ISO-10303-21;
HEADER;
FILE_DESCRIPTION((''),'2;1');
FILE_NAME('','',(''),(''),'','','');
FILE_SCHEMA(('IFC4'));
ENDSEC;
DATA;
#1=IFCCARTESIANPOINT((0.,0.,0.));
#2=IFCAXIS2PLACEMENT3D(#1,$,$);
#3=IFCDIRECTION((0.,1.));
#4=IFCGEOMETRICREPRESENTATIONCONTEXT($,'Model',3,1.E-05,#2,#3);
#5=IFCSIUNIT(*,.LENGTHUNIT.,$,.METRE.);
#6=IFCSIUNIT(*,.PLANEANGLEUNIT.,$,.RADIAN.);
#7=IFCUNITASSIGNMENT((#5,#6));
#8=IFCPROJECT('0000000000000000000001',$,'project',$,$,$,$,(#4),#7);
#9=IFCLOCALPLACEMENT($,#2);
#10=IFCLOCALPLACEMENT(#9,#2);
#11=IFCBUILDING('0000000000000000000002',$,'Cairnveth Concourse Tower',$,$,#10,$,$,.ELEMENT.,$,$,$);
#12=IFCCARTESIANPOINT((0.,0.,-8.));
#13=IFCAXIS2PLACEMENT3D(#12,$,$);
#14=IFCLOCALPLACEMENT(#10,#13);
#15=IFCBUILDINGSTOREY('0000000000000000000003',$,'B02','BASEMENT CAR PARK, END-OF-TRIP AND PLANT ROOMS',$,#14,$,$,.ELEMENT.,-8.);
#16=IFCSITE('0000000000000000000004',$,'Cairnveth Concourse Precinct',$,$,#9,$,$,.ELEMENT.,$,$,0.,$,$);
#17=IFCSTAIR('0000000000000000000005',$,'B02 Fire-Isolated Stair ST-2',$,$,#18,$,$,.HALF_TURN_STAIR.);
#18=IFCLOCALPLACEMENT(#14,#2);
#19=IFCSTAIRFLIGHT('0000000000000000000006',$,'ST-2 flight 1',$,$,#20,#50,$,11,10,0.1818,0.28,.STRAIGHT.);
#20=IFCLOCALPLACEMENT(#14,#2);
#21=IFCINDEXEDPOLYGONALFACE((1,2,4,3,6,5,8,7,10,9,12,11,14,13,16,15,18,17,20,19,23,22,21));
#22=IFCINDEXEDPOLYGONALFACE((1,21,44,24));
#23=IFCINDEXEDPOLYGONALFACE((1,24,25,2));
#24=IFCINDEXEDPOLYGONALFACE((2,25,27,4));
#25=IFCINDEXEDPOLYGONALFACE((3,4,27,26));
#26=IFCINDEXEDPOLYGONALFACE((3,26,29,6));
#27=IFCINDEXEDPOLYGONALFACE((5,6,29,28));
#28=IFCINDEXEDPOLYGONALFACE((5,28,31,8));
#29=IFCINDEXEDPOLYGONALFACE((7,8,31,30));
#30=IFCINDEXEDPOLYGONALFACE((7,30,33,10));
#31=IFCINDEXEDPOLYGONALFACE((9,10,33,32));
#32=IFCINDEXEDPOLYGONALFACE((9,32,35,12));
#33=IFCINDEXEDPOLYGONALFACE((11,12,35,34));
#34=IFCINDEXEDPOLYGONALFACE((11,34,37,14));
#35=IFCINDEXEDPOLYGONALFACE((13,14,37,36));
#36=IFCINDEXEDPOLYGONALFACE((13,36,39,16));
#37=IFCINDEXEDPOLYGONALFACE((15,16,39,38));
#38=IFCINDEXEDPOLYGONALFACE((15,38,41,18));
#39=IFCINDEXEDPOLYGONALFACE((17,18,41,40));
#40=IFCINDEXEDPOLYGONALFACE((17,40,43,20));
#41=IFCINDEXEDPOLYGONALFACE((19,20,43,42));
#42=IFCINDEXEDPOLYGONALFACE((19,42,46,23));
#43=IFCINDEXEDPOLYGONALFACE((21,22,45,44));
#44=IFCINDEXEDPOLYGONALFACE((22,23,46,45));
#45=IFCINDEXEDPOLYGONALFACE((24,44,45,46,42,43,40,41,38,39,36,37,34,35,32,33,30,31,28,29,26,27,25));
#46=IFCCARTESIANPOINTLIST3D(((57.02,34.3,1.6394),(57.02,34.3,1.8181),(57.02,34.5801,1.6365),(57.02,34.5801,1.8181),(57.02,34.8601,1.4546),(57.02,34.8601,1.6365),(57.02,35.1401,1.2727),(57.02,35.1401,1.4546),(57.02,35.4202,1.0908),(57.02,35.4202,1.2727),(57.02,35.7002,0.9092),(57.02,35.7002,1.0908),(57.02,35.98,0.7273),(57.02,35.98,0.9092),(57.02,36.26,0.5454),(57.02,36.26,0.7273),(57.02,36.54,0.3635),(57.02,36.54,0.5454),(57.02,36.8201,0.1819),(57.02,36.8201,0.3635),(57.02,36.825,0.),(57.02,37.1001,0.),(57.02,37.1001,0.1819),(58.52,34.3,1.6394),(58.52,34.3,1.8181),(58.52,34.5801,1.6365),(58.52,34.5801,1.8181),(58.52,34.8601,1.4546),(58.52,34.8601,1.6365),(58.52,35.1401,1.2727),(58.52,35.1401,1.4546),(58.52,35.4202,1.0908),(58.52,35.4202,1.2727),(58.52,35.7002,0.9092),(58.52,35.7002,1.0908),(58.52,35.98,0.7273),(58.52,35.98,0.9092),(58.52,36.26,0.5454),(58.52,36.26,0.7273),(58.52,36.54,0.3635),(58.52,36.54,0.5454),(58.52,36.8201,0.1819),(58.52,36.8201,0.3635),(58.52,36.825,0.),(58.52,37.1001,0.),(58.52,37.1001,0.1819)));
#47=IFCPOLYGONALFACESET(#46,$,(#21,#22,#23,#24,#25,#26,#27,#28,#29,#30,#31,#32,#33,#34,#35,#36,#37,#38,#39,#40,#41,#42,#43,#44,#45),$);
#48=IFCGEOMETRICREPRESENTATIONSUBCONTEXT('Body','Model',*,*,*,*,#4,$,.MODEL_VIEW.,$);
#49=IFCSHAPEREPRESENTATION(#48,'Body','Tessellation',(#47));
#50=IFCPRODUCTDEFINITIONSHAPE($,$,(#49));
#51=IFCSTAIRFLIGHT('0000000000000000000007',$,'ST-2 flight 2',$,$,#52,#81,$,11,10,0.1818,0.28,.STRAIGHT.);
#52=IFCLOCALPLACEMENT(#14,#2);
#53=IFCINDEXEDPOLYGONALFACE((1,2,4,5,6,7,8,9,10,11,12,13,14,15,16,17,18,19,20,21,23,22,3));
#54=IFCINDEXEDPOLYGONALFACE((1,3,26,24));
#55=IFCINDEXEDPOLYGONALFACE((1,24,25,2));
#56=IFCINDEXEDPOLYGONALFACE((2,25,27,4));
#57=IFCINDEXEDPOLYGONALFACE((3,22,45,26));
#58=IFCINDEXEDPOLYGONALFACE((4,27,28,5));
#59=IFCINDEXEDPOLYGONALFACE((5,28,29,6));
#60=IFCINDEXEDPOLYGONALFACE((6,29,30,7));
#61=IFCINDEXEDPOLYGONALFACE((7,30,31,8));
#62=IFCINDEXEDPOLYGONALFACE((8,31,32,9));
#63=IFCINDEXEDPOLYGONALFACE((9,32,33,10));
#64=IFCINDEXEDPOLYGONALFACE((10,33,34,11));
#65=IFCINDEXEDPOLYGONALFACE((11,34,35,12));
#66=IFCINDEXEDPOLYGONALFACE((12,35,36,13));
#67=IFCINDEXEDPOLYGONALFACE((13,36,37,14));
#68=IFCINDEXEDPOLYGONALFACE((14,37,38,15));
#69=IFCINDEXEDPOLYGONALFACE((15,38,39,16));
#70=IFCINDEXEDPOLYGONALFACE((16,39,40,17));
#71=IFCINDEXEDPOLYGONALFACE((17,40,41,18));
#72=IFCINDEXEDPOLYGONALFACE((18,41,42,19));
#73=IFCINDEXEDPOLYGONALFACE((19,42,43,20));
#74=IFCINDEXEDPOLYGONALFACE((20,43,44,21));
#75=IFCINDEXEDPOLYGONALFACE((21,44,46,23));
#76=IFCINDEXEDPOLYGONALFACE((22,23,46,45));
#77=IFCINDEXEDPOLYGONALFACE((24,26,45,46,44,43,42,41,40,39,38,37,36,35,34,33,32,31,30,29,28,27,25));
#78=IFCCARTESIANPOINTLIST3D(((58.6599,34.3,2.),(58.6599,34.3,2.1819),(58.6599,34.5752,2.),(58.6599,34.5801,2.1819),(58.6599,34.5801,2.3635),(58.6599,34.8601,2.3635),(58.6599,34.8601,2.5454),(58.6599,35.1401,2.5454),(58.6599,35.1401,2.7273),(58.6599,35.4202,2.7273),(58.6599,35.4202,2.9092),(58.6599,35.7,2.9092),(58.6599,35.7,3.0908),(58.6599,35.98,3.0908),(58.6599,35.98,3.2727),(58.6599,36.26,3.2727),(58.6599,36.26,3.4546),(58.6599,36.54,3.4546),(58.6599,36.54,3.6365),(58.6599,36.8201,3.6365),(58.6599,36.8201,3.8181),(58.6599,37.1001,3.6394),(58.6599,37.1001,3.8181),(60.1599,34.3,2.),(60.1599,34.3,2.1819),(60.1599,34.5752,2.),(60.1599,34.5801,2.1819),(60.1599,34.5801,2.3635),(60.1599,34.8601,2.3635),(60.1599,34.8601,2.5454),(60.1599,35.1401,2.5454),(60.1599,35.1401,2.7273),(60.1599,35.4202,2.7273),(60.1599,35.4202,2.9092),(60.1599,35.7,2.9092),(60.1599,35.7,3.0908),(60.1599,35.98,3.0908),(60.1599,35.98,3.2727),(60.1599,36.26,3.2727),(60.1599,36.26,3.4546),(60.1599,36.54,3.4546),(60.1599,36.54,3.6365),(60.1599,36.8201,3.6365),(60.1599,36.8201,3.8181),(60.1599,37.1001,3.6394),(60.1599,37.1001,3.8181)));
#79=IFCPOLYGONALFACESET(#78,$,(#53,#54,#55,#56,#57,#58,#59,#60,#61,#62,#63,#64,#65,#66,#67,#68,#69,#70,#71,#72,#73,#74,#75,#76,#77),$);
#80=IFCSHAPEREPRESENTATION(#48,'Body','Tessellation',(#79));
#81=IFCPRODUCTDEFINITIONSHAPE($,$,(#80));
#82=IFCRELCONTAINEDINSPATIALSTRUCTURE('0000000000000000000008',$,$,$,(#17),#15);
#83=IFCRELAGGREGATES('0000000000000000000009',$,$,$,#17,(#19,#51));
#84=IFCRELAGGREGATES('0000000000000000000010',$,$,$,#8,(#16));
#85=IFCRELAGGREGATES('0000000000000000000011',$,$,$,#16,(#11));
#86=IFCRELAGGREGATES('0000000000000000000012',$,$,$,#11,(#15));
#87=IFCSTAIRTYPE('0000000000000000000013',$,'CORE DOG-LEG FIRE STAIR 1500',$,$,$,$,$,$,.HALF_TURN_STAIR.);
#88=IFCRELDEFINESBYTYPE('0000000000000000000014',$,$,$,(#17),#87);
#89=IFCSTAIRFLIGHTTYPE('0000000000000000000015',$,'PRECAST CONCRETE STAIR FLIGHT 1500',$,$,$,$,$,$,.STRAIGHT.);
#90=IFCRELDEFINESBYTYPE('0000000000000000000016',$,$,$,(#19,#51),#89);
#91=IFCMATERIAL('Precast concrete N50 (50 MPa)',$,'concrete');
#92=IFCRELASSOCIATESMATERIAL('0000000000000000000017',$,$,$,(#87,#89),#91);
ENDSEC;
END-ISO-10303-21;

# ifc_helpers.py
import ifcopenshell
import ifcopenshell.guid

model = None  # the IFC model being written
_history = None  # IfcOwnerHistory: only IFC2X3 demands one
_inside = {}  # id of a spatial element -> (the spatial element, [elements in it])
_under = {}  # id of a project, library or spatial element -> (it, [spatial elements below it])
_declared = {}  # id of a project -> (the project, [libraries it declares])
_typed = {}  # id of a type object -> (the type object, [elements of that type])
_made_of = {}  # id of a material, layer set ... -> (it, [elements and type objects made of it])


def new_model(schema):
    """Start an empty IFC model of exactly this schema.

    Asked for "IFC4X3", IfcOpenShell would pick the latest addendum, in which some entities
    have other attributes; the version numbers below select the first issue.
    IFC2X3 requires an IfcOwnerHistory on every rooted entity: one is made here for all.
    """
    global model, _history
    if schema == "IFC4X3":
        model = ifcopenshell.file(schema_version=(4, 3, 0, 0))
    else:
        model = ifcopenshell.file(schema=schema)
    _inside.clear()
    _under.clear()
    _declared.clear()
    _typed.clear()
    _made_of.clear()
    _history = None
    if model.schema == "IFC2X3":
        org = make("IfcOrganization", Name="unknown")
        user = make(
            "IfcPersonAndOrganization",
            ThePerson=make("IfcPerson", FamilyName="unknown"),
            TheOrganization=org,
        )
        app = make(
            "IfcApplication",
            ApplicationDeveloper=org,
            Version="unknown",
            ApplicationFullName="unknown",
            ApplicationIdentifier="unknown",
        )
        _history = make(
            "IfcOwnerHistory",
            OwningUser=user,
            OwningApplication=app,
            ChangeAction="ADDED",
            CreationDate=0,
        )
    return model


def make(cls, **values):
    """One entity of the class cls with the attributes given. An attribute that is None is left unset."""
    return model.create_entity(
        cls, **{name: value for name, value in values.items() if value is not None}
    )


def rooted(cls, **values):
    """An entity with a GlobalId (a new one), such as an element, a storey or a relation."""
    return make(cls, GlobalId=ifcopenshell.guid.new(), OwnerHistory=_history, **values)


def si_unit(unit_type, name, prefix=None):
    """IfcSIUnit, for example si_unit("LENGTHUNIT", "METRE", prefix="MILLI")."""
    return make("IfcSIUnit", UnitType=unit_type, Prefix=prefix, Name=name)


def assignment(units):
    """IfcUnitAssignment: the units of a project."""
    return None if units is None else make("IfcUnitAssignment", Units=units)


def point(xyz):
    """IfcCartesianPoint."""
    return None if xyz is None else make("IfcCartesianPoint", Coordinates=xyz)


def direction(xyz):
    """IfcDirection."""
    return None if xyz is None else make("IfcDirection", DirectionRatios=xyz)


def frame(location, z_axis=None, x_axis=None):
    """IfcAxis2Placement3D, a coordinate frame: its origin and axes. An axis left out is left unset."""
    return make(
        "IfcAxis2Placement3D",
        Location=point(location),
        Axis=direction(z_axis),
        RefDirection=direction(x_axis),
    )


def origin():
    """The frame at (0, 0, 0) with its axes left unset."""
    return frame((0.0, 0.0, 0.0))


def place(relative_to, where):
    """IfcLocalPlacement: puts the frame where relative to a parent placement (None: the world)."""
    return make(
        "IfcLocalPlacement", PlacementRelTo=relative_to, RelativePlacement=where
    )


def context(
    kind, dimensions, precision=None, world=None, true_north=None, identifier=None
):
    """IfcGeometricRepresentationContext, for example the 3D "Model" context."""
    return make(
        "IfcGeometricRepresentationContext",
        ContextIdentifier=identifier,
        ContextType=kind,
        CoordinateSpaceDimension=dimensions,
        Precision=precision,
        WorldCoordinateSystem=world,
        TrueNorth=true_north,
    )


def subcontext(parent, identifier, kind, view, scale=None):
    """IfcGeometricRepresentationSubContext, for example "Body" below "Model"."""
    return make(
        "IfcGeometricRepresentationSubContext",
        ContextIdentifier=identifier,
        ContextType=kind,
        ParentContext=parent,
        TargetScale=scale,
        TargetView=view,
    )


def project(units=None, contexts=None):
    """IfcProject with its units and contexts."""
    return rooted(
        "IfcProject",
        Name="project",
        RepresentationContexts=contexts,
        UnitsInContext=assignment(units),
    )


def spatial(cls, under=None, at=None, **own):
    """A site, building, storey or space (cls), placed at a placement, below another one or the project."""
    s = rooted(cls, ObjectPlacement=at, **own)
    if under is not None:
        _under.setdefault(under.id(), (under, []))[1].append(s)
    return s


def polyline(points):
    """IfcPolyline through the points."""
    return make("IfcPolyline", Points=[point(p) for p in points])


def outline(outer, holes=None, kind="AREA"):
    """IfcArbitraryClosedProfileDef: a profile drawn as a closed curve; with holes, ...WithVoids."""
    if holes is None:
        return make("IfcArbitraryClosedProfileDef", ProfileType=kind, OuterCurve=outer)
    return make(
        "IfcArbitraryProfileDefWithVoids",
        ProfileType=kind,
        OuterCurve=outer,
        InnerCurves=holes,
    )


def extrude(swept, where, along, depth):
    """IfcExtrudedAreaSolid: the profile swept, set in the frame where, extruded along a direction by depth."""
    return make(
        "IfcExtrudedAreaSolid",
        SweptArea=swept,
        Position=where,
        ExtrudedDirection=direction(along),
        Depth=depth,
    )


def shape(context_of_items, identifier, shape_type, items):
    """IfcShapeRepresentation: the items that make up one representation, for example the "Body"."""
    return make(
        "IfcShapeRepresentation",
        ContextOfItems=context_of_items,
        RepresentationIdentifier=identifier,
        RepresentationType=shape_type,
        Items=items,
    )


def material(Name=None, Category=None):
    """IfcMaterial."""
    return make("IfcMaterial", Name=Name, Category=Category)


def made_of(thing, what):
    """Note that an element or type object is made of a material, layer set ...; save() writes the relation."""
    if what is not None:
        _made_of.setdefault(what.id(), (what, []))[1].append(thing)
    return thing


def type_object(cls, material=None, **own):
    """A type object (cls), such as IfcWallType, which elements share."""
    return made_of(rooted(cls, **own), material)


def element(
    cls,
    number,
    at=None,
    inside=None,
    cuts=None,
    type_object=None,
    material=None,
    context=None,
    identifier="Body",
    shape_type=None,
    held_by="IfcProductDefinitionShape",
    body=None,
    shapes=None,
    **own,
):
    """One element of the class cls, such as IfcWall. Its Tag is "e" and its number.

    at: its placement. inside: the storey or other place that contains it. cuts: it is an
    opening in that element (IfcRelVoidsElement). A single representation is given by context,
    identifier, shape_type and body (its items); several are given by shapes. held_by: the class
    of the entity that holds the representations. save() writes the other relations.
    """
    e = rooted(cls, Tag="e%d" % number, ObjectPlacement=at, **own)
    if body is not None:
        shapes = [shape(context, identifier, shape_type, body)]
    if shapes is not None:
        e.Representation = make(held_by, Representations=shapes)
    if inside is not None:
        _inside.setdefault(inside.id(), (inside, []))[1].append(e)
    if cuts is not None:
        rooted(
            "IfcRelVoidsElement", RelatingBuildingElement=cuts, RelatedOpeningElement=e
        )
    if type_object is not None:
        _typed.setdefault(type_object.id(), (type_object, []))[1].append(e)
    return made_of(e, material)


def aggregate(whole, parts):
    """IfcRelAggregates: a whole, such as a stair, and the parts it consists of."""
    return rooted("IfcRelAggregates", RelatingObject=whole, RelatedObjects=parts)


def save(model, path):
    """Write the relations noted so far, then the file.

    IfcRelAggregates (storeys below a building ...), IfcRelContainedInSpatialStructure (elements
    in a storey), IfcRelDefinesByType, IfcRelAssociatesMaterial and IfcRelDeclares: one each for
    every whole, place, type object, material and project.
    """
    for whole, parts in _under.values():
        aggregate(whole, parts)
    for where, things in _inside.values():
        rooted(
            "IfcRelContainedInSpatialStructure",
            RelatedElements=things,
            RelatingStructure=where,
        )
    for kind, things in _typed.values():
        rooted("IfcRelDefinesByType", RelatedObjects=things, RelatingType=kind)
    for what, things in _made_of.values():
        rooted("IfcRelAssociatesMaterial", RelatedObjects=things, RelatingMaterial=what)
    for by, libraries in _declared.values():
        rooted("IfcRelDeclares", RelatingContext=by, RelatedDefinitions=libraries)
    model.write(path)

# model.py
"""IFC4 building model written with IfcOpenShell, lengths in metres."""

from ifc_helpers import new_model, si_unit, direction, frame, origin, place, context, subcontext, project, spatial, polyline, outline, extrude, material, type_object, element, aggregate, save


model = new_model("IFC4")

# Units and contexts
model_context = context("Model", 3, precision=1e-05, world=origin(), true_north=direction((0.0, 1.0)))
body_context = subcontext(model_context, "Body", "Model", "MODEL_VIEW")
ifc_project = project(units=[si_unit("LENGTHUNIT", "METRE"), si_unit("PLANEANGLEUNIT", "RADIAN")], contexts=[model_context])

# Site, building, storey
site_placement = place(None, origin())
site = spatial("IfcSite", under=ifc_project, at=site_placement, Name="Cairnveth Concourse Precinct", CompositionType="ELEMENT", RefElevation=0.0)
building_placement = place(site_placement, origin())
building = spatial("IfcBuilding", under=site, at=building_placement, Name="Cairnveth Concourse Tower", CompositionType="ELEMENT")
storey_placement = place(building_placement, frame((0.0, 0.0, -8.0)))
storey = spatial("IfcBuildingStorey", under=building, at=storey_placement, Name="B02", Description="BASEMENT CAR PARK, END-OF-TRIP AND PLANT ROOMS", CompositionType="ELEMENT", Elevation=-8.0)

# Stair, stair flights
ifc_material_1 = material(Name="Precast concrete N50 (50 MPa)", Category="concrete")
stair_type = type_object("IfcStairType", Name="CORE DOG-LEG FIRE STAIR 1500", PredefinedType="HALF_TURN_STAIR", material=ifc_material_1)
stair_placement = place(storey_placement, origin())
stair = element("IfcStair", 1, at=stair_placement, inside=storey, type_object=stair_type, Name="B02 Fire-Isolated Stair ST-2", PredefinedType="HALF_TURN_STAIR")
stair_flight_type = type_object("IfcStairFlightType", Name="PRECAST CONCRETE STAIR FLIGHT 1500", PredefinedType="STRAIGHT", material=ifc_material_1)
stair_flight_1_placement = place(storey_placement, frame((57.77, 37.1001, 0.0), z_axis=(0.0, 0.0, 1.0), x_axis=(0.0, -1.0, 0.0)))
stair_flight_1 = element("IfcStairFlight", 2, at=stair_flight_1_placement, type_object=stair_flight_type, Name="ST-2 flight 1", NumberOfRisers=11, NumberOfTreads=10, PredefinedType="STRAIGHT", RiserHeight=0.1818, TreadLength=0.28, context=body_context, shape_type="SweptSolid", body=[
    extrude(outline(polyline([(0.0, 0.0), (0.0, 0.1819), (0.28, 0.1819), (0.28, 0.3635), (0.5601, 0.3635), (0.5601, 0.5454), (0.8401, 0.5454), (0.8401, 0.7273), (1.1201, 0.7273), (1.1201, 0.9092), (1.3999, 0.9092), (1.3999, 1.0908), (1.6799, 1.0908), (1.6799, 1.2727), (1.96, 1.2727), (1.96, 1.4546), (2.24, 1.4546), (2.24, 1.6365), (2.52, 1.6365), (2.52, 1.8181), (2.8, 1.8181), (2.8, 2.0), (2.8, 1.6394), (0.2751, 0.0), (0.0, 0.0)])), frame((0.0, 0.75, 0.0), z_axis=(0.0, -1.0, 0.0), x_axis=(1.0, 0.0, 0.0)), (0.0, 0.0, 1.0), 1.5),
])
stair_flight_2_placement = place(storey_placement, frame((59.4099, 34.3, 2.0), z_axis=(0.0, 0.0, 1.0), x_axis=(0.0, 1.0, 0.0)))
stair_flight_2 = element("IfcStairFlight", 3, at=stair_flight_2_placement, type_object=stair_flight_type, Name="ST-2 flight 2", NumberOfRisers=11, NumberOfTreads=10, PredefinedType="STRAIGHT", RiserHeight=0.1818, TreadLength=0.28, context=body_context, shape_type="SweptSolid", body=[
    extrude(outline(polyline([(0.0, 0.0), (0.0, 0.1819), (0.28, 0.1819), (0.28, 0.3635), (0.5601, 0.3635), (0.5601, 0.5454), (0.8401, 0.5454), (0.8401, 0.7273), (1.1201, 0.7273), (1.1201, 0.9092), (1.3999, 0.9092), (1.3999, 1.0908), (1.6799, 1.0908), (1.6799, 1.2727), (1.96, 1.2727), (1.96, 1.4546), (2.24, 1.4546), (2.24, 1.6365), (2.52, 1.6365), (2.52, 1.8181), (2.8, 1.8181), (2.8, 2.0), (2.8, 1.6394), (0.2751, 0.0), (0.0, 0.0)])), frame((0.0, 0.75, 0.0), z_axis=(0.0, -1.0, 0.0), x_axis=(1.0, 0.0, 0.0)), (0.0, 0.0, 1.0), 1.5),
])
aggregate(stair, [stair_flight_1, stair_flight_2])

save(model, "model.ifc")
